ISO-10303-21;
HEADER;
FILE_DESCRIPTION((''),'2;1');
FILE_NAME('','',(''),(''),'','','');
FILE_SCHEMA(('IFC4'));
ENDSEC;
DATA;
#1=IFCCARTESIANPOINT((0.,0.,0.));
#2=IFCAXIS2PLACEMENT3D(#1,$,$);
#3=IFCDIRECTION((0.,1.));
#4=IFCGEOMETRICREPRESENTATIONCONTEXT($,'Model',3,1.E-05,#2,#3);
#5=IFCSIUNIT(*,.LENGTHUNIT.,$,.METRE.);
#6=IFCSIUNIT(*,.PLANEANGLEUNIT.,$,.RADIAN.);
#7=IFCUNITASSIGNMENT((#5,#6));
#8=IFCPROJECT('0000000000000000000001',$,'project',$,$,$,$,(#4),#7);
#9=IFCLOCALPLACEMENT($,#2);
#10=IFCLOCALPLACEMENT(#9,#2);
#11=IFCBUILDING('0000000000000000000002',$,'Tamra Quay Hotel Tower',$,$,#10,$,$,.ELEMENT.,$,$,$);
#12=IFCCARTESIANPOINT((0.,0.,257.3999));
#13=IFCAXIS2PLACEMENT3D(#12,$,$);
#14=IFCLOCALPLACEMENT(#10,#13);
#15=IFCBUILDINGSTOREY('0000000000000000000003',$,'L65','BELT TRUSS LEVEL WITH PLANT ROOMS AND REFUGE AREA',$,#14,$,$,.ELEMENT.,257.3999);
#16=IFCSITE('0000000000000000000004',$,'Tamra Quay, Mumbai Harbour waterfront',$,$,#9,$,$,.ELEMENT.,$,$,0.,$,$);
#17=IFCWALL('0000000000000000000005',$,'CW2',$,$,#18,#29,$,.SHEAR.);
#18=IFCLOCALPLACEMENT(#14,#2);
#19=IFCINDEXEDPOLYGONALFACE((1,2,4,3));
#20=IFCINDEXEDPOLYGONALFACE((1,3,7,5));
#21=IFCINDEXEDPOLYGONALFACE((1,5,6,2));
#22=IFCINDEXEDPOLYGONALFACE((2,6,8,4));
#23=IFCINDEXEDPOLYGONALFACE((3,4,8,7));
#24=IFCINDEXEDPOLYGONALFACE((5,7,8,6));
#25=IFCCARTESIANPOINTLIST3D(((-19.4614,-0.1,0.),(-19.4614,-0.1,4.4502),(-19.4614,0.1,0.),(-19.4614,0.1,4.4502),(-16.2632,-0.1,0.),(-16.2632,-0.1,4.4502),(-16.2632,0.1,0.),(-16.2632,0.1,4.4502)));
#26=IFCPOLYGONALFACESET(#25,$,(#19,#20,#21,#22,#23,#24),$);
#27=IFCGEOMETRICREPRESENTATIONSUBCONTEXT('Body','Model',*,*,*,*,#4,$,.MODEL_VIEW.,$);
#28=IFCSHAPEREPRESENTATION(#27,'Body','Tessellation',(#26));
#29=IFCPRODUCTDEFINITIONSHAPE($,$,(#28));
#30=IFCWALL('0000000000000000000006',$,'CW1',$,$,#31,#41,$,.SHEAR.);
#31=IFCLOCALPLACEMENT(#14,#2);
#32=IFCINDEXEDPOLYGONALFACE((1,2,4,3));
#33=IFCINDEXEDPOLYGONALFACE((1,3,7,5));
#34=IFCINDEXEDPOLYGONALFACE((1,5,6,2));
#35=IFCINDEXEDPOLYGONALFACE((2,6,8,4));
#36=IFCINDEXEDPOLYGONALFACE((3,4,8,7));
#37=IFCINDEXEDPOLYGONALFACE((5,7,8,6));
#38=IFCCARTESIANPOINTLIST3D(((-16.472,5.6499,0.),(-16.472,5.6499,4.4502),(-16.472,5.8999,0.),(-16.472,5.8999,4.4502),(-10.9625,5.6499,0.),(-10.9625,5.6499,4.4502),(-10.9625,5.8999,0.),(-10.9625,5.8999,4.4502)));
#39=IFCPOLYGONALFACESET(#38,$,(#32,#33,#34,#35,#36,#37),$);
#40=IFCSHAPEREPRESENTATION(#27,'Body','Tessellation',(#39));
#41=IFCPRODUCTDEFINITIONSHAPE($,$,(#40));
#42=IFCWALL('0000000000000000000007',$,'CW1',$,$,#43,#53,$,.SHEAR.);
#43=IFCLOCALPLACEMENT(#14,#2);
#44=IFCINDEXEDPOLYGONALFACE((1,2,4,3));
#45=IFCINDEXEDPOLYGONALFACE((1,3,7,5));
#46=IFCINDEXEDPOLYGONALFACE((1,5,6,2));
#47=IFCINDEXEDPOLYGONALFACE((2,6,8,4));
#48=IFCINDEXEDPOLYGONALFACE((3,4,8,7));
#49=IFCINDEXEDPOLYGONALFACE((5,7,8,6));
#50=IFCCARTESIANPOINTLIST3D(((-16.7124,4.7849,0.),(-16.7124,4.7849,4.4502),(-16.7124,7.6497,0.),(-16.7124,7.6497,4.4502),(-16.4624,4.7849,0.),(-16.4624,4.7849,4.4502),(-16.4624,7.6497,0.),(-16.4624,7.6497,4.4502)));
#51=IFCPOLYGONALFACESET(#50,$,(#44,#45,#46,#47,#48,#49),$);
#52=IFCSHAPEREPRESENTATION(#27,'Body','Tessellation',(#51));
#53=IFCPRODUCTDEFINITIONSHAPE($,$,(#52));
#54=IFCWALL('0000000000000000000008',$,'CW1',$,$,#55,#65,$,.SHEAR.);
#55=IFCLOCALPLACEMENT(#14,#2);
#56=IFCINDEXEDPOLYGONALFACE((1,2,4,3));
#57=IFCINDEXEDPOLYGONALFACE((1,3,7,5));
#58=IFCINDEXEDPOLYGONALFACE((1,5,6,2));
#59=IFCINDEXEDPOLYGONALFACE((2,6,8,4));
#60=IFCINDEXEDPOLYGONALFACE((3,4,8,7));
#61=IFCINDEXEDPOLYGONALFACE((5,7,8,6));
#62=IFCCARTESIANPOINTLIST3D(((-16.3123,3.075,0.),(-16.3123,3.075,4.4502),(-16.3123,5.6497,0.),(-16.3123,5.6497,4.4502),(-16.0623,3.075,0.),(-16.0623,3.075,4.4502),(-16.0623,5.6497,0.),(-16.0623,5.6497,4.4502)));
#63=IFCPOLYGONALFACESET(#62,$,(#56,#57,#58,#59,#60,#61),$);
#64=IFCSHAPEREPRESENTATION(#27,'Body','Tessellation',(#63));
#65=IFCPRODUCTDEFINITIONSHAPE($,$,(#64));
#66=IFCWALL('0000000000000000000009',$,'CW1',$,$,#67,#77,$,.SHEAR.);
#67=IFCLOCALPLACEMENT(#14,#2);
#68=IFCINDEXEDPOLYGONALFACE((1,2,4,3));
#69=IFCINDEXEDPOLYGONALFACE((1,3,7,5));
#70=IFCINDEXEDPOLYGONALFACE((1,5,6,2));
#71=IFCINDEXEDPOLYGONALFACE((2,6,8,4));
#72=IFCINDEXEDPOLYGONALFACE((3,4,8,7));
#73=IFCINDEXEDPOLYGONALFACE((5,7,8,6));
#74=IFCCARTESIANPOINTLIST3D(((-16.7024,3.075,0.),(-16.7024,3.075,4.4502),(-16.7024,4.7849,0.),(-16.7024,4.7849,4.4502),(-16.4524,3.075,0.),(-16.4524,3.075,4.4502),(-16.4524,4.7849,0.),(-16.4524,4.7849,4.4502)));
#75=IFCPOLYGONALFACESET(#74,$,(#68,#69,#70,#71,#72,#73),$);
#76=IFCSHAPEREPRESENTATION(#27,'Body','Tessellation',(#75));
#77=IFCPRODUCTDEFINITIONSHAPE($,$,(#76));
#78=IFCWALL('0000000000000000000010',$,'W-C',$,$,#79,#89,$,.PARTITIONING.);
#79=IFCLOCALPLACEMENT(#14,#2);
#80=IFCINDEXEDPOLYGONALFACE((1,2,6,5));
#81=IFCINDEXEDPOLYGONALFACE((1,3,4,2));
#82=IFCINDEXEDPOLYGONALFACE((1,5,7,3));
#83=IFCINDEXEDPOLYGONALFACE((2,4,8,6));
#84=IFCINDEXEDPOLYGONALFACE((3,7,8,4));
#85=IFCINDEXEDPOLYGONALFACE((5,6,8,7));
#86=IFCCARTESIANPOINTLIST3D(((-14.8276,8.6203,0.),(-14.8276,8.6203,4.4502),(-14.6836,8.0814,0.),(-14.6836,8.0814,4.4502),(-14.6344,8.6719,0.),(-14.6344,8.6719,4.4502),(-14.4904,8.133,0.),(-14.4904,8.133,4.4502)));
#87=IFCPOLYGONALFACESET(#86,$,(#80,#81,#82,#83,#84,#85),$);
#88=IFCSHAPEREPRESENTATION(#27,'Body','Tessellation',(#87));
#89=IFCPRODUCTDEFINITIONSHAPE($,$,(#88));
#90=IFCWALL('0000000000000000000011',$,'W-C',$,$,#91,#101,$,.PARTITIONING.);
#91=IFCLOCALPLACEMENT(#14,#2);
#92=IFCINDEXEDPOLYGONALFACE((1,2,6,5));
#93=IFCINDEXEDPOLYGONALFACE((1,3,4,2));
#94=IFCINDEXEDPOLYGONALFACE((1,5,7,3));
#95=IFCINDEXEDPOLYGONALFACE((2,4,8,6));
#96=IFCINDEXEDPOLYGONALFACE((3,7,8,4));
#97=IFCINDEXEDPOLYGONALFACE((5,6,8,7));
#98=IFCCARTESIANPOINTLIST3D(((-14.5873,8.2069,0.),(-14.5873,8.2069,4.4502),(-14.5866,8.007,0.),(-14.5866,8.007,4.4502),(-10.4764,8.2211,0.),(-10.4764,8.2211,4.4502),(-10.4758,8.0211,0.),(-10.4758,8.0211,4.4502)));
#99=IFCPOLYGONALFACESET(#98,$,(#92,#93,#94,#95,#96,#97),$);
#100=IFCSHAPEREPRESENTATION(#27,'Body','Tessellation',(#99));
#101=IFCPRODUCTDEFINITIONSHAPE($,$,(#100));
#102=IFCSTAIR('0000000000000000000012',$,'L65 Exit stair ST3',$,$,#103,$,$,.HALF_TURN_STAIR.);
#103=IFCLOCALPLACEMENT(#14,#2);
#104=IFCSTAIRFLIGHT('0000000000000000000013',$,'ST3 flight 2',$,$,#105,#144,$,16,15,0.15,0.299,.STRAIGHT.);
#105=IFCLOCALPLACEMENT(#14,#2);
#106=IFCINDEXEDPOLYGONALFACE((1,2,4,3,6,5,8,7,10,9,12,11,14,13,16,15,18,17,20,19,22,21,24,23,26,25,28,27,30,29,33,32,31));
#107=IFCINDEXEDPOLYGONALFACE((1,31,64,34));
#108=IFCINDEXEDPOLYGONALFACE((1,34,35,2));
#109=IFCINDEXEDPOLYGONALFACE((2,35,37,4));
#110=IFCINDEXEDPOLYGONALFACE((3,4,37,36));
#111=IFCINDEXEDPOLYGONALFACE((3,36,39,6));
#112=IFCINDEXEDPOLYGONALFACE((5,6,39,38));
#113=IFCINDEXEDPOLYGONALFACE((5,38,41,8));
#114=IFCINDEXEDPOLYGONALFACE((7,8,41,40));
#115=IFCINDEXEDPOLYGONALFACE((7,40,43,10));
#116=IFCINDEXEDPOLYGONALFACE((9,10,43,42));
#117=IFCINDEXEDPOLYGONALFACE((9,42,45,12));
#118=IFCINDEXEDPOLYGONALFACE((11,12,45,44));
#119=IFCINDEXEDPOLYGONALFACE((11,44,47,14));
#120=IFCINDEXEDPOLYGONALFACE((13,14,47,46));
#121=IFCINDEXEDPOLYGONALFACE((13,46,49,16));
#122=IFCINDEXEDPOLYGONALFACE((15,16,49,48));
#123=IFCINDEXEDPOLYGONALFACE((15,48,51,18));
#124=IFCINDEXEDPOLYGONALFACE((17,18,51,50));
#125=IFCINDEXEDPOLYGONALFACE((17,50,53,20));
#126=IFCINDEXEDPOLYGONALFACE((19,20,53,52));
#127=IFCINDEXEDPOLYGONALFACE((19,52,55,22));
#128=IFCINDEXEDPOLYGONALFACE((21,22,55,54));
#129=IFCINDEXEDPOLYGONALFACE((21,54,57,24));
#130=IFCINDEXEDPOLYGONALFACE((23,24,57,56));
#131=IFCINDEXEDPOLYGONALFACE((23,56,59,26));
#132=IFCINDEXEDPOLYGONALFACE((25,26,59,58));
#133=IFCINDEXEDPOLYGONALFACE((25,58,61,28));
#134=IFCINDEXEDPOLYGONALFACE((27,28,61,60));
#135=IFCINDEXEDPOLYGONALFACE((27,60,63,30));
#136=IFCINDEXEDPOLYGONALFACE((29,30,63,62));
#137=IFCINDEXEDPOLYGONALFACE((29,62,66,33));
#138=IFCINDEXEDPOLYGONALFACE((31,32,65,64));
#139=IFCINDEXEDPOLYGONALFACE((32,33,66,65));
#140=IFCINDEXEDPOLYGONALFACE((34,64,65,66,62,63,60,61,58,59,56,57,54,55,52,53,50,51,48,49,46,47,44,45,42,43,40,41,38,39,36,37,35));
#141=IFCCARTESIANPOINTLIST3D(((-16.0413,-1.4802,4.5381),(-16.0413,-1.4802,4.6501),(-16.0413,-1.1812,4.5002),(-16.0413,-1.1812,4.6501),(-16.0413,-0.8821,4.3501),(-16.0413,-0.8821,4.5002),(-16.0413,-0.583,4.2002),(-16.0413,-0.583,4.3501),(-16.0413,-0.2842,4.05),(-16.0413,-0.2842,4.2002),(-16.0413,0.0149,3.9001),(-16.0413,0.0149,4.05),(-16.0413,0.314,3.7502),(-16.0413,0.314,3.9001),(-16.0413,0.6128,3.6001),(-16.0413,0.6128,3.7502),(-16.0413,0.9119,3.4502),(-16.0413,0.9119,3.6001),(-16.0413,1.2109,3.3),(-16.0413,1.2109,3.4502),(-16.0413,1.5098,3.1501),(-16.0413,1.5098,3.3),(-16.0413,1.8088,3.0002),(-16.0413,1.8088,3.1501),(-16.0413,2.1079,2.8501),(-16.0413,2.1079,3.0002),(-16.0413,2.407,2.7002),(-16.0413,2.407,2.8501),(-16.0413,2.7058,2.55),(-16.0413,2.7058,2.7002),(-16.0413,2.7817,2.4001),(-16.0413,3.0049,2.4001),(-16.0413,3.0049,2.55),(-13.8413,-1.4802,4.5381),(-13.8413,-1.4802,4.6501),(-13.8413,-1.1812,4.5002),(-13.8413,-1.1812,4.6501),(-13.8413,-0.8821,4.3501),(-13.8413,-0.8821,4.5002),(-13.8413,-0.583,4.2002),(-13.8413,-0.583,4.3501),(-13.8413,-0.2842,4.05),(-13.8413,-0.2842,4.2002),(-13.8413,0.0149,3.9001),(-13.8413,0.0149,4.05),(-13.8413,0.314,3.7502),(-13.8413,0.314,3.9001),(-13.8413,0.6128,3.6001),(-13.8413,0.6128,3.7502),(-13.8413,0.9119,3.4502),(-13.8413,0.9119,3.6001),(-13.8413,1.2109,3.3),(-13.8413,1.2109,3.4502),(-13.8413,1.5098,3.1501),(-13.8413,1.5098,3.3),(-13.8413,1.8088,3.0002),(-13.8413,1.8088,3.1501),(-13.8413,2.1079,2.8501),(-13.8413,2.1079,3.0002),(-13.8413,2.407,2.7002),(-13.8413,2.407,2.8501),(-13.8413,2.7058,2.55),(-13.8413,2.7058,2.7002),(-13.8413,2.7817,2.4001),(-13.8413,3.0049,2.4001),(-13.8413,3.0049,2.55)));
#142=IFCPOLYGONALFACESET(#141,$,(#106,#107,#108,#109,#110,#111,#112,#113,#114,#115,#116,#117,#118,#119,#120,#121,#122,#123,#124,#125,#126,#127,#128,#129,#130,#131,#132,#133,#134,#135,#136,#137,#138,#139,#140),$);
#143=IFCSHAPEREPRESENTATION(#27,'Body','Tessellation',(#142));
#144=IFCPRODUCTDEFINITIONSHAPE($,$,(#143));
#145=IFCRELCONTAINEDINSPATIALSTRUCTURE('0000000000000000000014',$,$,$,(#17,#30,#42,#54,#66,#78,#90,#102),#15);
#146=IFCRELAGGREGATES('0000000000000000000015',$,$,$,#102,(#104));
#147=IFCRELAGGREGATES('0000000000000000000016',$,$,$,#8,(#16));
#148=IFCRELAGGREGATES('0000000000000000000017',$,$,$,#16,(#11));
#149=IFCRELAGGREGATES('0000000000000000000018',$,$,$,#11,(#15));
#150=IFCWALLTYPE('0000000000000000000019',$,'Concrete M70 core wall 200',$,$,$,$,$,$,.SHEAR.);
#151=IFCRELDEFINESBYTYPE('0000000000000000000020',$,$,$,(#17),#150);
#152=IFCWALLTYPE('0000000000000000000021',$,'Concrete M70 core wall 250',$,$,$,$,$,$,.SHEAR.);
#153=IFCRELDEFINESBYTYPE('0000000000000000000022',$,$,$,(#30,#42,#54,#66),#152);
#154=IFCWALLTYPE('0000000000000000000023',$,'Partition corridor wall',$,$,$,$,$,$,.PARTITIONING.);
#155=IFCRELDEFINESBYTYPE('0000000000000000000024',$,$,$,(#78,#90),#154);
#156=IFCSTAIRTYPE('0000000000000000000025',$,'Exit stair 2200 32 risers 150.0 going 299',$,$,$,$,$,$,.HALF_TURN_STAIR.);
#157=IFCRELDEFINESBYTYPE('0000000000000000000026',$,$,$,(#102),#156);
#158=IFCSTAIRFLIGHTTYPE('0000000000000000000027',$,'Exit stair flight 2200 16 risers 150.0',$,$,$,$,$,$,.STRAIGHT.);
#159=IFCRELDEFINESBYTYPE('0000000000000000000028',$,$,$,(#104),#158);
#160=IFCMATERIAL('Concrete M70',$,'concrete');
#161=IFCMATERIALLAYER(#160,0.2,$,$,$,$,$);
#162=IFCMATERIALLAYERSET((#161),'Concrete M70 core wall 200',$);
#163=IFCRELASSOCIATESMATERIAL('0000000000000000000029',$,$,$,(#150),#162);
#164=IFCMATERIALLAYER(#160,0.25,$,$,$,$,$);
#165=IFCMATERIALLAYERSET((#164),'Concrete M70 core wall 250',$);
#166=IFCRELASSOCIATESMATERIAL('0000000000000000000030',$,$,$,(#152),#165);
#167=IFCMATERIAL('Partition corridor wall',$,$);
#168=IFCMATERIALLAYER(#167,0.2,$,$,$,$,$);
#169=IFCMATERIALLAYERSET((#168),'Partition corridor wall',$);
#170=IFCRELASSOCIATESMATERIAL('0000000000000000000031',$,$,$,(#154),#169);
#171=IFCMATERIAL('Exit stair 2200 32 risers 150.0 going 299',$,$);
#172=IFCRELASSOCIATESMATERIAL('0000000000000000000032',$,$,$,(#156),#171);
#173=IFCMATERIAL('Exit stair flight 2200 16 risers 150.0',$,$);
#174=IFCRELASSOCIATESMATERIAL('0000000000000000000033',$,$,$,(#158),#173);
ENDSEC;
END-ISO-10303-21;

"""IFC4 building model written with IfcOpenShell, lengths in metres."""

from ifc_helpers import new_model, si_unit, direction, frame, frame_2d, origin, place, context, subcontext, project, spatial, polyline, rectangle, outline, extrude, material, layer, layer_set, type_object, element, aggregate, save


model = new_model("IFC4")

# Units and contexts
model_context = context("Model", 3, precision=1e-05, world=origin(), true_north=direction((0.0, 1.0)))
body_context = subcontext(model_context, "Body", "Model", "MODEL_VIEW")
ifc_project = project(units=[si_unit("LENGTHUNIT", "METRE"), si_unit("PLANEANGLEUNIT", "RADIAN")], contexts=[model_context])

# Site, building, storey
site_placement = place(None, origin())
site = spatial("IfcSite", under=ifc_project, at=site_placement, Name="Tamra Quay, Mumbai Harbour waterfront", CompositionType="ELEMENT", RefElevation=0.0)
building_placement = place(site_placement, origin())
building = spatial("IfcBuilding", under=site, at=building_placement, Name="Tamra Quay Hotel Tower", CompositionType="ELEMENT")
storey_placement = place(building_placement, frame((0.0, 0.0, 257.3999)))
storey = spatial("IfcBuildingStorey", under=building, at=storey_placement, Name="L65", Description="BELT TRUSS LEVEL WITH PLANT ROOMS AND REFUGE AREA", CompositionType="ELEMENT", Elevation=257.3999)

# Walls
ifc_material_1 = material(Name="Concrete M70", Category="concrete")
ifc_layer_1 = layer(ifc_material_1, 0.2)
ifc_layer_set_1 = layer_set([ifc_layer_1], Name="Concrete M70 core wall 200")
wall_type_1 = type_object("IfcWallType", Name="Concrete M70 core wall 200", PredefinedType="SHEAR", material=ifc_layer_set_1)
wall_1_placement = place(storey_placement, frame((-16.2632, 0.0, 0.0), z_axis=(0.0, 0.0, 1.0), x_axis=(-1.0, 0.0, 0.0)))
element("IfcWall", 1, at=wall_1_placement, inside=storey, type_object=wall_type_1, Name="CW2", PredefinedType="SHEAR", context=body_context, shape_type="SweptSolid", body=[
    extrude(rectangle(XDim=3.1982, YDim=0.2, at=frame_2d((1.5991, 0.0))), origin(), (0.0, 0.0, 1.0), 4.4502),
])
ifc_layer_2 = layer(ifc_material_1, 0.25)
ifc_layer_set_2 = layer_set([ifc_layer_2], Name="Concrete M70 core wall 250")
wall_type_2 = type_object("IfcWallType", Name="Concrete M70 core wall 250", PredefinedType="SHEAR", material=ifc_layer_set_2)
wall_2_placement = place(storey_placement, frame((-16.4722, 5.7749, 0.0), z_axis=(0.0, 0.0, 1.0), x_axis=(1.0, 0.0, 0.0)))
element("IfcWall", 2, at=wall_2_placement, inside=storey, type_object=wall_type_2, Name="CW1", PredefinedType="SHEAR", context=body_context, shape_type="SweptSolid", body=[
    extrude(rectangle(XDim=5.5095, YDim=0.25, at=frame_2d((2.7549, 0.0))), origin(), (0.0, 0.0, 1.0), 4.4502),
])
wall_3_placement = place(storey_placement, frame((-16.5874, 7.6497, 0.0), z_axis=(0.0, 0.0, 1.0), x_axis=(0.0, -1.0, 0.0)))
element("IfcWall", 3, at=wall_3_placement, inside=storey, type_object=wall_type_2, Name="CW1", PredefinedType="SHEAR", context=body_context, shape_type="SweptSolid", body=[
    extrude(rectangle(XDim=2.8647, YDim=0.25, at=frame_2d((1.4324, 0.0))), origin(), (0.0, 0.0, 1.0), 4.4502),
])
wall_4_placement = place(storey_placement, frame((-16.1873, 3.075, 0.0), z_axis=(0.0, 0.0, 1.0), x_axis=(0.0, 1.0, 0.0)))
element("IfcWall", 4, at=wall_4_placement, inside=storey, type_object=wall_type_2, Name="CW1", PredefinedType="SHEAR", context=body_context, shape_type="SweptSolid", body=[
    extrude(rectangle(XDim=2.5747, YDim=0.25, at=frame_2d((1.2874, 0.0))), origin(), (0.0, 0.0, 1.0), 4.4502),
])
wall_5_placement = place(storey_placement, frame((-16.5774, 4.7849, 0.0), z_axis=(0.0, 0.0, 1.0), x_axis=(0.0, -1.0, 0.0)))
element("IfcWall", 5, at=wall_5_placement, inside=storey, type_object=wall_type_2, Name="CW1", PredefinedType="SHEAR", context=body_context, shape_type="SweptSolid", body=[
    extrude(rectangle(XDim=1.71, YDim=0.25, at=frame_2d((0.855, 0.0))), origin(), (0.0, 0.0, 1.0), 4.4502),
])
ifc_material_2 = material(Name="Partition corridor wall")
ifc_layer_3 = layer(ifc_material_2, 0.2)
ifc_layer_set_3 = layer_set([ifc_layer_3], Name="Partition corridor wall")
wall_type_3 = type_object("IfcWallType", Name="Partition corridor wall", PredefinedType="PARTITIONING", material=ifc_layer_set_3)
wall_6_placement = place(storey_placement, frame((-14.731, 8.646, 0.0), z_axis=(0.0, 0.0, 1.0), x_axis=(0.258153, -0.966104, 0.0)))
element("IfcWall", 6, at=wall_6_placement, inside=storey, type_object=wall_type_3, Name="W-C", PredefinedType="PARTITIONING", context=body_context, shape_type="SweptSolid", body=[
    extrude(rectangle(XDim=0.5579, YDim=0.2, at=frame_2d((0.2788, 0.0))), origin(), (0.0, 0.0, 1.0), 4.4502),
])
wall_7_placement = place(storey_placement, frame((-14.5869, 8.1069, 0.0), z_axis=(0.0, 0.0, 1.0), x_axis=(0.999994, 0.003445, 0.0)))
element("IfcWall", 7, at=wall_7_placement, inside=storey, type_object=wall_type_3, Name="W-C", PredefinedType="PARTITIONING", context=body_context, shape_type="SweptSolid", body=[
    extrude(rectangle(XDim=4.1108, YDim=0.2, at=frame_2d((2.0554, 0.0))), origin(), (0.0, 0.0, 1.0), 4.4502),
])

# Stair, stair flight
ifc_material_3 = material(Name="Exit stair 2200 32 risers 150.0 going 299")
stair_type = type_object("IfcStairType", Name="Exit stair 2200 32 risers 150.0 going 299", PredefinedType="HALF_TURN_STAIR", material=ifc_material_3)
stair_placement = place(storey_placement, origin())
stair = element("IfcStair", 8, at=stair_placement, inside=storey, type_object=stair_type, Name="L65 Exit stair ST3", PredefinedType="HALF_TURN_STAIR")
ifc_material_4 = material(Name="Exit stair flight 2200 16 risers 150.0")
stair_flight_type = type_object("IfcStairFlightType", Name="Exit stair flight 2200 16 risers 150.0", PredefinedType="STRAIGHT", material=ifc_material_4)
stair_flight_placement = place(storey_placement, frame((-14.9414, 3.0049, 2.4001), z_axis=(0.0, 0.0, 1.0), x_axis=(0.0, -1.0, 0.0)))
stair_flight = element("IfcStairFlight", 9, at=stair_flight_placement, type_object=stair_flight_type, Name="ST3 flight 2", NumberOfRisers=16, NumberOfTreads=15, PredefinedType="STRAIGHT", RiserHeight=0.15, TreadLength=0.299, context=body_context, shape_type="SweptSolid", body=[
    extrude(outline(polyline([(0.0, 0.0), (0.0, 0.1499), (0.2991, 0.1499), (0.2991, 0.3), (0.5979, 0.3), (0.5979, 0.45), (0.897, 0.45), (0.897, 0.6001), (1.196, 0.6001), (1.196, 0.75), (1.4951, 0.75), (1.4951, 0.8999), (1.7939, 0.8999), (1.7939, 1.05), (2.093, 1.05), (2.093, 1.2), (2.3921, 1.2), (2.3921, 1.3501), (2.6909, 1.3501), (2.6909, 1.5), (2.99, 1.5), (2.99, 1.6499), (3.2891, 1.6499), (3.2891, 1.8), (3.5879, 1.8), (3.5879, 1.95), (3.887, 1.95), (3.887, 2.1001), (4.186, 2.1001), (4.186, 2.25), (4.4851, 2.25), (4.4851, 2.3999), (4.4851, 2.1379), (0.2231, 0.0), (0.0, 0.0)])), frame((0.0, 1.1001, 0.0), z_axis=(0.0, -1.0, 0.0), x_axis=(1.0, 0.0, 0.0)), (0.0, 0.0, 1.0), 2.2),
])
aggregate(stair, [stair_flight])

save(model, "model.ifc")
